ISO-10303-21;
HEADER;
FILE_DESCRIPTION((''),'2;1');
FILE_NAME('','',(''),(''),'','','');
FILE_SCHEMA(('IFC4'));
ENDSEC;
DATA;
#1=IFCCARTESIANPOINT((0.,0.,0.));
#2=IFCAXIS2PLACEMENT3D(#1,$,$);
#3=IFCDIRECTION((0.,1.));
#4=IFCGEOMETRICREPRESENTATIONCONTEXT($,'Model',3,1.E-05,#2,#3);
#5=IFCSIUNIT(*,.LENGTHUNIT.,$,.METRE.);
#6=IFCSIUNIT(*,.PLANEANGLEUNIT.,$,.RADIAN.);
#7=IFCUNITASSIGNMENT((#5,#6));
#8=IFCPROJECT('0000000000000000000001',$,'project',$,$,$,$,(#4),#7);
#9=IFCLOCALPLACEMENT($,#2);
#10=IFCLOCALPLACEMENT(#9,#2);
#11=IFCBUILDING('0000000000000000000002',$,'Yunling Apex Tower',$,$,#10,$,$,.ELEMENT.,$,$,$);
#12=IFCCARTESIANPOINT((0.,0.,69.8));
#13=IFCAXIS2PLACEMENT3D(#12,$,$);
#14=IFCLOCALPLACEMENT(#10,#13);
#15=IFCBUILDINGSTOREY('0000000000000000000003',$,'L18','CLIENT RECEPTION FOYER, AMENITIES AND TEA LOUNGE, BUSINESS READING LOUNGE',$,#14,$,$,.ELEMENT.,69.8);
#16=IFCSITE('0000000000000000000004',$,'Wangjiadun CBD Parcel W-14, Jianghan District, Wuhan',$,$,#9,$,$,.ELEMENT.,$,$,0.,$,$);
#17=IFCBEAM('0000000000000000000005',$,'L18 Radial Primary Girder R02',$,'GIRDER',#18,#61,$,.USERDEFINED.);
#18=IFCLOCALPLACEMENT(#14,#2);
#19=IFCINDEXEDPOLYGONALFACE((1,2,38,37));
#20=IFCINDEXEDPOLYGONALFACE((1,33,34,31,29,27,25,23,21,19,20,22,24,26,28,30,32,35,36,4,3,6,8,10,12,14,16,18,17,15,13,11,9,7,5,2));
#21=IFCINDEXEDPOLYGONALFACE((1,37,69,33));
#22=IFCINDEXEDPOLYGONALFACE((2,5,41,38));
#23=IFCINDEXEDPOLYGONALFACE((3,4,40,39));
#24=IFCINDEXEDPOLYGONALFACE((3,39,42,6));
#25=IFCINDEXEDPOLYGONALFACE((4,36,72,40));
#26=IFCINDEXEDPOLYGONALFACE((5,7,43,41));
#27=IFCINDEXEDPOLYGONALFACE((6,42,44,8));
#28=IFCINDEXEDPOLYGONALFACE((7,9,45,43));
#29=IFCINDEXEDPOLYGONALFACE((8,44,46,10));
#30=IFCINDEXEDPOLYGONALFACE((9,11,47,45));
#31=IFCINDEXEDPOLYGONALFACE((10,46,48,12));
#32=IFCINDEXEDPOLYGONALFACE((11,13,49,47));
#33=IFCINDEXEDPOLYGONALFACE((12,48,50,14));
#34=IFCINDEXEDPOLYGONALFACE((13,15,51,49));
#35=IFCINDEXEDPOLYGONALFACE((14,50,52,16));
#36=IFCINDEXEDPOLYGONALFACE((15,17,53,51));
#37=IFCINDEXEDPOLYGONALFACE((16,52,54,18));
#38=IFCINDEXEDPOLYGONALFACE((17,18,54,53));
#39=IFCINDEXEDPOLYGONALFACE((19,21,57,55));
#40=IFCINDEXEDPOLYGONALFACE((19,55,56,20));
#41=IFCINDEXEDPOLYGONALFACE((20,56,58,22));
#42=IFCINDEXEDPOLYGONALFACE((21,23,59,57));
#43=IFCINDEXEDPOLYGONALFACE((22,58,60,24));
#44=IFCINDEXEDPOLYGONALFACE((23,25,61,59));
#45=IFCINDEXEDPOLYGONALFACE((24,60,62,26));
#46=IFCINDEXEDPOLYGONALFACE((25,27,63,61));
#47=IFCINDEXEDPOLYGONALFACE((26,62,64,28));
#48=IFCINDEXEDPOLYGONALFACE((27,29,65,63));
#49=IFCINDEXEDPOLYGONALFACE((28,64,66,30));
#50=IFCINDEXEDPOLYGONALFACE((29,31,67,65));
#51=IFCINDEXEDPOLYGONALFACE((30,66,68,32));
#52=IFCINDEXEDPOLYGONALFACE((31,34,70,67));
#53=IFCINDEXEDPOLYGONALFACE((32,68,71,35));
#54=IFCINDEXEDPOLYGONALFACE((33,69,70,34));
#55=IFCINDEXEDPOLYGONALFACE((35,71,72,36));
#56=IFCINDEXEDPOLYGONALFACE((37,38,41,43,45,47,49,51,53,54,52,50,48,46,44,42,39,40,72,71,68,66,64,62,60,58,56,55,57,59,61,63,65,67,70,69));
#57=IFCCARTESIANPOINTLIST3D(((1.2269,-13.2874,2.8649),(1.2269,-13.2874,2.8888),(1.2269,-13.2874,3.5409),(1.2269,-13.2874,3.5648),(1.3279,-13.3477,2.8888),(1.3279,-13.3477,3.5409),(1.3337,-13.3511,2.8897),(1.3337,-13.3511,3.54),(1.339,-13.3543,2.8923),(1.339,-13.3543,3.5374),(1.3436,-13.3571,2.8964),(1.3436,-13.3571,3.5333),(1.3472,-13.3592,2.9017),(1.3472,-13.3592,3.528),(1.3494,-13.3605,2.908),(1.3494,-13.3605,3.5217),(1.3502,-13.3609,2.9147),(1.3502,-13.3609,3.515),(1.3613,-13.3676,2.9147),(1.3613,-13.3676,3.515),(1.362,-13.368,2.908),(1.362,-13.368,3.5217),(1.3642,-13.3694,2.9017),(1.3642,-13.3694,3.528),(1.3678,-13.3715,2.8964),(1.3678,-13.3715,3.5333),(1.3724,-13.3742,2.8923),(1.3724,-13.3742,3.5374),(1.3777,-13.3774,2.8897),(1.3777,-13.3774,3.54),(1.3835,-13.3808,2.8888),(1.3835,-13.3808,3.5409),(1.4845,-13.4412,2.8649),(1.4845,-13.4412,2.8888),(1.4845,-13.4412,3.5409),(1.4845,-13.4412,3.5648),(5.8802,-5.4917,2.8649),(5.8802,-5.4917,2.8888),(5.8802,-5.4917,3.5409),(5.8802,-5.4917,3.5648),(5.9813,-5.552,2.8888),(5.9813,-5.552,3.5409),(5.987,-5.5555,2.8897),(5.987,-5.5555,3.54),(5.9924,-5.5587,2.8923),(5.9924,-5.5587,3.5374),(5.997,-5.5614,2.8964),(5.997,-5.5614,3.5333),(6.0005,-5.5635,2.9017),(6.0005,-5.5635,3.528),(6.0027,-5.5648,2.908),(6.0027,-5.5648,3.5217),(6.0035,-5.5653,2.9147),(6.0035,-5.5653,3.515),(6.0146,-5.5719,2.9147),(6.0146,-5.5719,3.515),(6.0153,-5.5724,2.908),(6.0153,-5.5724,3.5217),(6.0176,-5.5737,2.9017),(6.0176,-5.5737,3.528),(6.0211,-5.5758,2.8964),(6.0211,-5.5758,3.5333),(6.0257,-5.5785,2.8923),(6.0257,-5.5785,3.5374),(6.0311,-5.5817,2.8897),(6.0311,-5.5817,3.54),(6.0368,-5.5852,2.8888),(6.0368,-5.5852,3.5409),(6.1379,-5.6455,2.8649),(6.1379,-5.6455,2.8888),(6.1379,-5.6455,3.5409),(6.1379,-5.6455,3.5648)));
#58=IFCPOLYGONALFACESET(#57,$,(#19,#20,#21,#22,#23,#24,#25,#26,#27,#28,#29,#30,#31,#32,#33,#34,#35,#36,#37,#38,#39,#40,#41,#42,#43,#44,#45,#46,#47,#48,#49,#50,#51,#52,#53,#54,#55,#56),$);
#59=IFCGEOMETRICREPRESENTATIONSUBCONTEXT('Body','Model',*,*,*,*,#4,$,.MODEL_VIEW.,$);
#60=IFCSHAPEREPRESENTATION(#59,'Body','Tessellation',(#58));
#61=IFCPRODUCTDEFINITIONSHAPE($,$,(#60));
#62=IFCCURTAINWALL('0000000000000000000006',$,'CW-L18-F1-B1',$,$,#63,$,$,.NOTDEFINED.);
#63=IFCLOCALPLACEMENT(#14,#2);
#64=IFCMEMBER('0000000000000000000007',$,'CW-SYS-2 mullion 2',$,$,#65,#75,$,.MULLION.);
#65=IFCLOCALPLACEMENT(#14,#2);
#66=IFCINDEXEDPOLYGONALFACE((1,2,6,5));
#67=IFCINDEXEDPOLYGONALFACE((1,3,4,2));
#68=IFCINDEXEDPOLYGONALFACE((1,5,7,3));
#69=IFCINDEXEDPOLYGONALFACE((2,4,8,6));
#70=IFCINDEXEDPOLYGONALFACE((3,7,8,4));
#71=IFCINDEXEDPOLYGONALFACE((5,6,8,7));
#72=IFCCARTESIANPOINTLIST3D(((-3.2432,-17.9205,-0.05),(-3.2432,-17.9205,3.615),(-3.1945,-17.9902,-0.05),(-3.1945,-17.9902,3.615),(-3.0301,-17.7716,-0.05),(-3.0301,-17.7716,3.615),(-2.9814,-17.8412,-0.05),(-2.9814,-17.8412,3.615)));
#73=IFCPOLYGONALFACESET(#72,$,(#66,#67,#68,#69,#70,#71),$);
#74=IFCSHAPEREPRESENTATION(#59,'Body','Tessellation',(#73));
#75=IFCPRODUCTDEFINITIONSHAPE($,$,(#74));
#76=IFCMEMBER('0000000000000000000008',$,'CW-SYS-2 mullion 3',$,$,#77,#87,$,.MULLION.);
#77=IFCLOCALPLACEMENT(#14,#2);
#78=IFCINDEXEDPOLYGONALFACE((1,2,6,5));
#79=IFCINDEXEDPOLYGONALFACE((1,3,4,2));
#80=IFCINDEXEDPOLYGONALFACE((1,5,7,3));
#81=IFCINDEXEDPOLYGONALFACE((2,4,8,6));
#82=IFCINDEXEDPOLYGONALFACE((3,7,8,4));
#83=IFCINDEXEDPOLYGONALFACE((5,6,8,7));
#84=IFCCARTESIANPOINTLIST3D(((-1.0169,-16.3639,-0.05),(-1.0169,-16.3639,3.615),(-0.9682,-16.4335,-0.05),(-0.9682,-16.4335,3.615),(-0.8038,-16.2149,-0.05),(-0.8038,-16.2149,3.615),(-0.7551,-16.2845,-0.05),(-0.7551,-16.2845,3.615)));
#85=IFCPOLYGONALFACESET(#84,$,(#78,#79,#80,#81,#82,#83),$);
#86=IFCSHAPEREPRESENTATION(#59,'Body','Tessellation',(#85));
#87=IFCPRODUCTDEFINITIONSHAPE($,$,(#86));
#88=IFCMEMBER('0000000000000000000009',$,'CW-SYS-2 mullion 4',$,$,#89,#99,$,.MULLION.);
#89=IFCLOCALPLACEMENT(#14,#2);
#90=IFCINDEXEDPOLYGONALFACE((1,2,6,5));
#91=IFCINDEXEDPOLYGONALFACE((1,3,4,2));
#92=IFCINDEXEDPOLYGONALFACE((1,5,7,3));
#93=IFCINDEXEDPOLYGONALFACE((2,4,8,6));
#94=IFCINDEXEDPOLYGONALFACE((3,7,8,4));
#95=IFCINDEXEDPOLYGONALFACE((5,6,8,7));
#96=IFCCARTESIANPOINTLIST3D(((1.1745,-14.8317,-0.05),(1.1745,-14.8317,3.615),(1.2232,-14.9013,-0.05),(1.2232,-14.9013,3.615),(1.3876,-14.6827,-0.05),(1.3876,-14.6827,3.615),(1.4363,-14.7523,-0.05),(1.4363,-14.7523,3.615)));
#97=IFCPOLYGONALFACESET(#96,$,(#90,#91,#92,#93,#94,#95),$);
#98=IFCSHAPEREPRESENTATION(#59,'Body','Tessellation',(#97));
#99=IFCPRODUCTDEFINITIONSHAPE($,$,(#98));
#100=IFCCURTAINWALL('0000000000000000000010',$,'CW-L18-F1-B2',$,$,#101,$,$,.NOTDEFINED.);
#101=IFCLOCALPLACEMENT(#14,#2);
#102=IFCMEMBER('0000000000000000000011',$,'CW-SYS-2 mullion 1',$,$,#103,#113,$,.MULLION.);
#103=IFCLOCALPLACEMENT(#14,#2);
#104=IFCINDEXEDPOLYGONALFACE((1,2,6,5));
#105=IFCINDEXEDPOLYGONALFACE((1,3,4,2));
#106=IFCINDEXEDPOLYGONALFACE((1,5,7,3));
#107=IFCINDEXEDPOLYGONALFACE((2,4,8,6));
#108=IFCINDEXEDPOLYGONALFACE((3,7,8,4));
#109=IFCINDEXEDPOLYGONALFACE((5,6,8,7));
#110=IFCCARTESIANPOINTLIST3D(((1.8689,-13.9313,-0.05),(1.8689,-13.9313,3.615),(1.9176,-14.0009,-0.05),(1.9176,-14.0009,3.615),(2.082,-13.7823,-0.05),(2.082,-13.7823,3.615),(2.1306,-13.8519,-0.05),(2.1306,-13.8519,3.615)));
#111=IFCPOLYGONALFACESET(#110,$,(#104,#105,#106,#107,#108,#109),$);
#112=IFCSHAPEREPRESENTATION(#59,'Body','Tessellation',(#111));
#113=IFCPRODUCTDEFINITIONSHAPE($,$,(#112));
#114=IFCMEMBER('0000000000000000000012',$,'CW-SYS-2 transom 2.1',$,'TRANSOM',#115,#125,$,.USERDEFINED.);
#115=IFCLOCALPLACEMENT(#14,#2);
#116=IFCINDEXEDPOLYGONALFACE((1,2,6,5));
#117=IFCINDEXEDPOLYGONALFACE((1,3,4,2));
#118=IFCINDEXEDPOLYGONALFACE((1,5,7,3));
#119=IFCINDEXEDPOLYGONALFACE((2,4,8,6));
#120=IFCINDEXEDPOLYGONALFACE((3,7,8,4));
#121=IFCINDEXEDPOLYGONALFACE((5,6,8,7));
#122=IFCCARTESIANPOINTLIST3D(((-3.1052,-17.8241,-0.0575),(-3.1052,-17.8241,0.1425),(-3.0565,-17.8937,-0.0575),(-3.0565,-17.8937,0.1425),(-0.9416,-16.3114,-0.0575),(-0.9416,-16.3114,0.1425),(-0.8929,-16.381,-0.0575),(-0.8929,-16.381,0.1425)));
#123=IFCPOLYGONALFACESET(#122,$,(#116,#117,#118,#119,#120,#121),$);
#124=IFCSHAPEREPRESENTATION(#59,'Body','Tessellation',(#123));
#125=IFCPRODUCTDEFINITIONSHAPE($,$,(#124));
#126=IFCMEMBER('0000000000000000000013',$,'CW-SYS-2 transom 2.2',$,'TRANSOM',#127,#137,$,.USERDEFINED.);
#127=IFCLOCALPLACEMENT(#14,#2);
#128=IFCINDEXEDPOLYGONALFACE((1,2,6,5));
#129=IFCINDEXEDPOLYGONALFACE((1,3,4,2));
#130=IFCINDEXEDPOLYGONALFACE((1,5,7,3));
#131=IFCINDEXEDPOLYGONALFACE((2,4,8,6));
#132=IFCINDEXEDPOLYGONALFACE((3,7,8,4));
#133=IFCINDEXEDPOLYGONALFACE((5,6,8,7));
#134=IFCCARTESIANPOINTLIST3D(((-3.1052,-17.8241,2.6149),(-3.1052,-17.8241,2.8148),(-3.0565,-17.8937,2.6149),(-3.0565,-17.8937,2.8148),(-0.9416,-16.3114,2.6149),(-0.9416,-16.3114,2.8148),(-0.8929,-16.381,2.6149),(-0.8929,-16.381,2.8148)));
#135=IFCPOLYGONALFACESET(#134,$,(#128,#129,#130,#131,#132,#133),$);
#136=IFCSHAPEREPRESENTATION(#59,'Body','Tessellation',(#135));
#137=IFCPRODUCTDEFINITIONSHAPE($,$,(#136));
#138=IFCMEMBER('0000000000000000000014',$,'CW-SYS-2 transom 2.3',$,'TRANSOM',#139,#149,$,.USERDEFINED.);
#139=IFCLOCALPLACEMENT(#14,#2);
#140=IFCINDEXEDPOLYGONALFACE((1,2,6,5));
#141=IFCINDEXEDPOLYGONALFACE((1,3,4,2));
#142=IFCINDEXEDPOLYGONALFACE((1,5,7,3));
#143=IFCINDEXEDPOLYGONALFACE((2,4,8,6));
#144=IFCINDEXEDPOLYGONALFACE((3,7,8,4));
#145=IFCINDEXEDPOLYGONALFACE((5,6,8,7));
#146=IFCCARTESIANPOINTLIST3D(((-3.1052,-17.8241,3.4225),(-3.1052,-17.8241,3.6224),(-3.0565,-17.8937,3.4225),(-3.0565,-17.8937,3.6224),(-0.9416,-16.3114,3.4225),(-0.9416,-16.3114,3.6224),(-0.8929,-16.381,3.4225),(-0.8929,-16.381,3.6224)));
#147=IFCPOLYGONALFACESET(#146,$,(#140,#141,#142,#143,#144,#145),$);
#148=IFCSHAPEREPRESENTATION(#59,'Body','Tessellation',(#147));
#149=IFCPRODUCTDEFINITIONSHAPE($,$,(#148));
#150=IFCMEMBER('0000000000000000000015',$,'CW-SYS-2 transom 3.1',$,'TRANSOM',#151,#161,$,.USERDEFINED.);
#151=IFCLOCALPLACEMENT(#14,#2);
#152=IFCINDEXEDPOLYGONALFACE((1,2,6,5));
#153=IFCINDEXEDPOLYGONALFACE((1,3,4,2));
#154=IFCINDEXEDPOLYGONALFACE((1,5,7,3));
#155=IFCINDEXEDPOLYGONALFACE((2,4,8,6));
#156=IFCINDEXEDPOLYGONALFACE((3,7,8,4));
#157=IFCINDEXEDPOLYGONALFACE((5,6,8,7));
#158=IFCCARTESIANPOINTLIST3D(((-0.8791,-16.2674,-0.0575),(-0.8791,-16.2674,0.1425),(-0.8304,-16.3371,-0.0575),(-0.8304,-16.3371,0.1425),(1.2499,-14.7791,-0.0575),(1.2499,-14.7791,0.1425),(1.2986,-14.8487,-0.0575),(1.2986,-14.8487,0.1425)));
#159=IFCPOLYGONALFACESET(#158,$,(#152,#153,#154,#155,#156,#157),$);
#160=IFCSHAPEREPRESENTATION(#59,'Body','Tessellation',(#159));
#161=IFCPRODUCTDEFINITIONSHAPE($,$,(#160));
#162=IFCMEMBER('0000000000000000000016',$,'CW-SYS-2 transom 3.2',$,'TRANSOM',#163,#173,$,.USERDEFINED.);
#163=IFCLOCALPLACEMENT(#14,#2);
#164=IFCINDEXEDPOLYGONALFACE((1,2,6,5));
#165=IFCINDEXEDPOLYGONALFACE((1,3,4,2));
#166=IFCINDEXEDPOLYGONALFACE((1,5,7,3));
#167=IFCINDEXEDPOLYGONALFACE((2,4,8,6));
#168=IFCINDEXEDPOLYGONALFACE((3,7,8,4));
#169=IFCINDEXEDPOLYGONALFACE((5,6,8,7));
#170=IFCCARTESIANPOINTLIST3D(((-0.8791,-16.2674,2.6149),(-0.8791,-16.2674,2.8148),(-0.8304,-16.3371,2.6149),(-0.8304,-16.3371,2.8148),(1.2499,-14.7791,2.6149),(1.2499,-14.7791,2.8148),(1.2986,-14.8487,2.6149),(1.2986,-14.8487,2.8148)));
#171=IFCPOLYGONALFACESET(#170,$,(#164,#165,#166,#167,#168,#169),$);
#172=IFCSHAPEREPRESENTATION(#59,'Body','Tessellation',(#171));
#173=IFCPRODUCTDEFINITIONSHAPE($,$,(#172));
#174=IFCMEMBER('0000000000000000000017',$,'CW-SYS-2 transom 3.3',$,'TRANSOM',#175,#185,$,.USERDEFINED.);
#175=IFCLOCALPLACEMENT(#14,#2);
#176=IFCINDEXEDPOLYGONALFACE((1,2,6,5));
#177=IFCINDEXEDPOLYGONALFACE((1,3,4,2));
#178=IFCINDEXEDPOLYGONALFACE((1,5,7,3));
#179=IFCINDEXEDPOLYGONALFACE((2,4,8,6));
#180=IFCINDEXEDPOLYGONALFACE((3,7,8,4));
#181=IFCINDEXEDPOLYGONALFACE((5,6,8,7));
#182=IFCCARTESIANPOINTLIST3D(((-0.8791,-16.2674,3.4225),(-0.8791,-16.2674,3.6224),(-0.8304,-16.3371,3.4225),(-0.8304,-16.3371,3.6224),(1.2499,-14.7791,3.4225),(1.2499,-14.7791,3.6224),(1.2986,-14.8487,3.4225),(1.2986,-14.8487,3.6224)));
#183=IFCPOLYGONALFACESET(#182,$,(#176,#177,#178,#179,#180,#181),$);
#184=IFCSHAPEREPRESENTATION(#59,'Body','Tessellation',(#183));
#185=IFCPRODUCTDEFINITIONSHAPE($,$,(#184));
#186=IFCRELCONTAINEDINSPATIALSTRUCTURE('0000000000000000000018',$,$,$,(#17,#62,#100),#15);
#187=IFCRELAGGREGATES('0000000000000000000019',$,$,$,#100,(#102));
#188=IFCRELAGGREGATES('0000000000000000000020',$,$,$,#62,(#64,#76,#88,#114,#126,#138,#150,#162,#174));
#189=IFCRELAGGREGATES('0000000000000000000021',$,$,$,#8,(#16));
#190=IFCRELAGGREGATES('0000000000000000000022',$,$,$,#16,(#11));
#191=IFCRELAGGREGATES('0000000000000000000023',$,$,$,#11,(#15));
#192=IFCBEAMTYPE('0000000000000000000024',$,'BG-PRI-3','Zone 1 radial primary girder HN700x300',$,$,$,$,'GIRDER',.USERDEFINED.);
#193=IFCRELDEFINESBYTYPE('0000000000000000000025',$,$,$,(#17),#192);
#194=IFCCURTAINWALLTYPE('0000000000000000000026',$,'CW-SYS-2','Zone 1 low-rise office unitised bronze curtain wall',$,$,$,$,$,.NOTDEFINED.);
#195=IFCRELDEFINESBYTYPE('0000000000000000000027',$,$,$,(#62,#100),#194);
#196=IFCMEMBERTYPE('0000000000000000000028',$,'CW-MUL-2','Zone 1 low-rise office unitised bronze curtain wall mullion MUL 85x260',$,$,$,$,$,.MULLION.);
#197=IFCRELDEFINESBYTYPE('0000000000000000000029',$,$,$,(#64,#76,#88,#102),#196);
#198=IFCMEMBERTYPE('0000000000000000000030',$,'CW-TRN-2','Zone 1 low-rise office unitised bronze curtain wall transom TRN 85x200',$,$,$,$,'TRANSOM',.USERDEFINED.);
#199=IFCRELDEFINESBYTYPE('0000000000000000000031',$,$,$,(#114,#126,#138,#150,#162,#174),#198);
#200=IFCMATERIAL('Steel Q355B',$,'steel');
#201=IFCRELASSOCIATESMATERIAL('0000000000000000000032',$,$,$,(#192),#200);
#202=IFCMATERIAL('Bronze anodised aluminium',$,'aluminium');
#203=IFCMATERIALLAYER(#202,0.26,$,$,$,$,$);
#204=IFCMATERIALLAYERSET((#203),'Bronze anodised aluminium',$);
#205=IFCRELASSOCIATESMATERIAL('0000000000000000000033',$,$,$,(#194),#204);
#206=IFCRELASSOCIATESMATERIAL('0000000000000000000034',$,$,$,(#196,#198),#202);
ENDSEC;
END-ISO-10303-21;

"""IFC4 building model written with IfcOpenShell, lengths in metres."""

from ifc_helpers import new_model, si_unit, direction, frame, origin, origin_2d, place, context, subcontext, project, spatial, rectangle, i_section, extrude, source, transform, mapped, material, layer, layer_set, material_profile, profile_set, type_object, element, aggregate, save


model = new_model("IFC4")

# Units and contexts
model_context = context("Model", 3, precision=1e-05, world=origin(), true_north=direction((0.0, 1.0)))
body_context = subcontext(model_context, "Body", "Model", "MODEL_VIEW")
ifc_project = project(units=[si_unit("LENGTHUNIT", "METRE"), si_unit("PLANEANGLEUNIT", "RADIAN")], contexts=[model_context])

# Site, building, storey
site_placement = place(None, origin())
site = spatial("IfcSite", under=ifc_project, at=site_placement, Name="Wangjiadun CBD Parcel W-14, Jianghan District, Wuhan", CompositionType="ELEMENT", RefElevation=0.0)
building_placement = place(site_placement, origin())
building = spatial("IfcBuilding", under=site, at=building_placement, Name="Yunling Apex Tower", CompositionType="ELEMENT")
storey_placement = place(building_placement, frame((0.0, 0.0, 69.8)))
storey = spatial("IfcBuildingStorey", under=building, at=storey_placement, Name="L18", Description="CLIENT RECEPTION FOYER, AMENITIES AND TEA LOUNGE, BUSINESS READING LOUNGE", CompositionType="ELEMENT", Elevation=69.8)

# Beam
ifc_material_1 = material(Name="Steel Q355B", Category="steel")
ifc_material_profile_1 = material_profile(ifc_material_1, i_section(OverallWidth=0.3, OverallDepth=0.7, WebThickness=0.0129, FlangeThickness=0.0239, FilletRadius=0.0259, at=origin_2d()))
ifc_profile_set_1 = profile_set([ifc_material_profile_1], Name="Steel Q355B")
beam_type_1 = type_object("IfcBeamType", Name="BG-PRI-3", Description="Zone 1 radial primary girder HN700x300", ElementType="GIRDER", PredefinedType="USERDEFINED", material=ifc_profile_set_1)
shared_shape_1 = source(origin(), body_context, "Body", "SweptSolid", [
    extrude(i_section(OverallWidth=0.3, OverallDepth=0.7, WebThickness=0.0129, FlangeThickness=0.0239, FilletRadius=0.0259, at=origin_2d()), origin(), (0.0, 0.0, 1.0), 9.0789),
])
beam_1_placement = place(storey_placement, frame((1.3557, -13.3643, 3.2148), z_axis=(0.512545, 0.85866, 0.0), x_axis=(-0.85866, 0.512545, 0.0)))
element("IfcBeam", 1, at=beam_1_placement, inside=storey, type_object=beam_type_1, Name="L18 Radial Primary Girder R02", ObjectType="GIRDER", PredefinedType="USERDEFINED", context=body_context, shape_type="MappedRepresentation", body=[
    mapped(shared_shape_1, transform((0.0, 0.0, 0.0), scale=1.0)),
])

# Curtain wall, members
ifc_material_2 = material(Name="Bronze anodised aluminium", Category="aluminium")
ifc_layer_1 = layer(ifc_material_2, 0.26)
ifc_layer_set_1 = layer_set([ifc_layer_1], Name="Bronze anodised aluminium")
curtain_wall_type = type_object("IfcCurtainWallType", Name="CW-SYS-2", Description="Zone 1 low-rise office unitised bronze curtain wall", PredefinedType="NOTDEFINED", material=ifc_layer_set_1)
curtain_wall_1_placement = place(storey_placement, origin())
curtain_wall_1 = element("IfcCurtainWall", 2, at=curtain_wall_1_placement, inside=storey, type_object=curtain_wall_type, Name="CW-L18-F1-B1", PredefinedType="NOTDEFINED")
ifc_material_profile_2 = material_profile(ifc_material_2, rectangle(XDim=0.085, YDim=0.26, at=origin_2d()))
ifc_profile_set_2 = profile_set([ifc_material_profile_2], Name="Bronze anodised aluminium")
member_type_1 = type_object("IfcMemberType", Name="CW-MUL-2", Description="Zone 1 low-rise office unitised bronze curtain wall mullion MUL 85x260", PredefinedType="MULLION", material=ifc_profile_set_2)
shared_shape_2 = source(origin(), body_context, "Body", "SweptSolid", [
    extrude(rectangle(XDim=0.085, YDim=0.26, at=origin_2d()), origin(), (0.0, 0.0, 1.0), 3.665),
])
member_1_placement = place(storey_placement, frame((-3.1123, -17.8809, -0.05), z_axis=(0.0, 0.0, 1.0), x_axis=(-0.573004, 0.819552, 0.0)))
member_1 = element("IfcMember", 3, at=member_1_placement, type_object=member_type_1, Name="CW-SYS-2 mullion 2", PredefinedType="MULLION", context=body_context, shape_type="MappedRepresentation", body=[
    mapped(shared_shape_2, transform((0.0, 0.0, 0.0), scale=1.0)),
])
member_2_placement = place(storey_placement, frame((-0.886, -16.3242, -0.05), z_axis=(0.0, 0.0, 1.0), x_axis=(-0.573004, 0.819552, 0.0)))
member_2 = element("IfcMember", 4, at=member_2_placement, type_object=member_type_1, Name="CW-SYS-2 mullion 3", PredefinedType="MULLION", context=body_context, shape_type="MappedRepresentation", body=[
    mapped(shared_shape_2, transform((0.0, 0.0, 0.0), scale=1.0)),
])
member_3_placement = place(storey_placement, frame((1.3054, -14.792, -0.05), z_axis=(0.0, 0.0, 1.0), x_axis=(-0.573004, 0.819552, 0.0)))
member_3 = element("IfcMember", 5, at=member_3_placement, type_object=member_type_1, Name="CW-SYS-2 mullion 4", PredefinedType="MULLION", context=body_context, shape_type="MappedRepresentation", body=[
    mapped(shared_shape_2, transform((0.0, 0.0, 0.0), scale=1.0)),
])

# Curtain wall, member
curtain_wall_2_placement = place(storey_placement, origin())
curtain_wall_2 = element("IfcCurtainWall", 6, at=curtain_wall_2_placement, inside=storey, type_object=curtain_wall_type, Name="CW-L18-F1-B2", PredefinedType="NOTDEFINED")
member_4_placement = place(storey_placement, frame((1.9998, -13.8916, -0.05), z_axis=(0.0, 0.0, 1.0), x_axis=(-0.573003, 0.819553, 0.0)))
member_4 = element("IfcMember", 7, at=member_4_placement, type_object=member_type_1, Name="CW-SYS-2 mullion 1", PredefinedType="MULLION", context=body_context, shape_type="MappedRepresentation", body=[
    mapped(shared_shape_2, transform((0.0, 0.0, 0.0), scale=1.0)),
])

# Members
ifc_material_profile_3 = material_profile(ifc_material_2, rectangle(XDim=0.085, YDim=0.2, at=origin_2d()))
ifc_profile_set_3 = profile_set([ifc_material_profile_3], Name="Bronze anodised aluminium")
member_type_2 = type_object("IfcMemberType", Name="CW-TRN-2", Description="Zone 1 low-rise office unitised bronze curtain wall transom TRN 85x200", ElementType="TRANSOM", PredefinedType="USERDEFINED", material=ifc_profile_set_3)
shared_shape_3 = source(origin(), body_context, "Body", "SweptSolid", [
    extrude(rectangle(XDim=0.085, YDim=0.2, at=origin_2d()), origin(), (0.0, 0.0, 1.0), 2.6399),
])
member_5_placement = place(storey_placement, frame((-3.0808, -17.8589, 0.0425), z_axis=(0.819553, 0.573003, 0.0), x_axis=(-0.573003, 0.819553, 0.0)))
member_5 = element("IfcMember", 8, at=member_5_placement, type_object=member_type_2, Name="CW-SYS-2 transom 2.1", ObjectType="TRANSOM", PredefinedType="USERDEFINED", context=body_context, shape_type="MappedRepresentation", body=[
    mapped(shared_shape_3, transform((0.0, 0.0, 0.0), scale=1.0)),
])
member_6_placement = place(storey_placement, frame((-3.0808, -17.8589, 2.7148), z_axis=(0.819553, 0.573003, 0.0), x_axis=(-0.573003, 0.819553, 0.0)))
member_6 = element("IfcMember", 9, at=member_6_placement, type_object=member_type_2, Name="CW-SYS-2 transom 2.2", ObjectType="TRANSOM", PredefinedType="USERDEFINED", context=body_context, shape_type="MappedRepresentation", body=[
    mapped(shared_shape_3, transform((0.0, 0.0, 0.0), scale=1.0)),
])
member_7_placement = place(storey_placement, frame((-3.0808, -17.8589, 3.5225), z_axis=(0.819553, 0.573003, 0.0), x_axis=(-0.573003, 0.819553, 0.0)))
member_7 = element("IfcMember", 10, at=member_7_placement, type_object=member_type_2, Name="CW-SYS-2 transom 2.3", ObjectType="TRANSOM", PredefinedType="USERDEFINED", context=body_context, shape_type="MappedRepresentation", body=[
    mapped(shared_shape_3, transform((0.0, 0.0, 0.0), scale=1.0)),
])
shared_shape_4 = source(origin(), body_context, "Body", "SweptSolid", [
    extrude(rectangle(XDim=0.085, YDim=0.2, at=origin_2d()), origin(), (0.0, 0.0, 1.0), 2.5977),
])
member_8_placement = place(storey_placement, frame((-0.8547, -16.3022, 0.0425), z_axis=(0.819585, 0.572958, 0.0), x_axis=(-0.572958, 0.819585, 0.0)))
member_8 = element("IfcMember", 11, at=member_8_placement, type_object=member_type_2, Name="CW-SYS-2 transom 3.1", ObjectType="TRANSOM", PredefinedType="USERDEFINED", context=body_context, shape_type="MappedRepresentation", body=[
    mapped(shared_shape_4, transform((0.0, 0.0, 0.0), scale=1.0)),
])
member_9_placement = place(storey_placement, frame((-0.8547, -16.3022, 2.7148), z_axis=(0.819585, 0.572958, 0.0), x_axis=(-0.572958, 0.819585, 0.0)))
member_9 = element("IfcMember", 12, at=member_9_placement, type_object=member_type_2, Name="CW-SYS-2 transom 3.2", ObjectType="TRANSOM", PredefinedType="USERDEFINED", context=body_context, shape_type="MappedRepresentation", body=[
    mapped(shared_shape_4, transform((0.0, 0.0, 0.0), scale=1.0)),
])
member_10_placement = place(storey_placement, frame((-0.8547, -16.3022, 3.5225), z_axis=(0.819585, 0.572958, 0.0), x_axis=(-0.572958, 0.819585, 0.0)))
member_10 = element("IfcMember", 13, at=member_10_placement, type_object=member_type_2, Name="CW-SYS-2 transom 3.3", ObjectType="TRANSOM", PredefinedType="USERDEFINED", context=body_context, shape_type="MappedRepresentation", body=[
    mapped(shared_shape_4, transform((0.0, 0.0, 0.0), scale=1.0)),
])
aggregate(curtain_wall_2, [member_4])

aggregate(curtain_wall_1, [member_1, member_2, member_3, member_5, member_6, member_7, member_8, member_9, member_10])

save(model, "model.ifc")
